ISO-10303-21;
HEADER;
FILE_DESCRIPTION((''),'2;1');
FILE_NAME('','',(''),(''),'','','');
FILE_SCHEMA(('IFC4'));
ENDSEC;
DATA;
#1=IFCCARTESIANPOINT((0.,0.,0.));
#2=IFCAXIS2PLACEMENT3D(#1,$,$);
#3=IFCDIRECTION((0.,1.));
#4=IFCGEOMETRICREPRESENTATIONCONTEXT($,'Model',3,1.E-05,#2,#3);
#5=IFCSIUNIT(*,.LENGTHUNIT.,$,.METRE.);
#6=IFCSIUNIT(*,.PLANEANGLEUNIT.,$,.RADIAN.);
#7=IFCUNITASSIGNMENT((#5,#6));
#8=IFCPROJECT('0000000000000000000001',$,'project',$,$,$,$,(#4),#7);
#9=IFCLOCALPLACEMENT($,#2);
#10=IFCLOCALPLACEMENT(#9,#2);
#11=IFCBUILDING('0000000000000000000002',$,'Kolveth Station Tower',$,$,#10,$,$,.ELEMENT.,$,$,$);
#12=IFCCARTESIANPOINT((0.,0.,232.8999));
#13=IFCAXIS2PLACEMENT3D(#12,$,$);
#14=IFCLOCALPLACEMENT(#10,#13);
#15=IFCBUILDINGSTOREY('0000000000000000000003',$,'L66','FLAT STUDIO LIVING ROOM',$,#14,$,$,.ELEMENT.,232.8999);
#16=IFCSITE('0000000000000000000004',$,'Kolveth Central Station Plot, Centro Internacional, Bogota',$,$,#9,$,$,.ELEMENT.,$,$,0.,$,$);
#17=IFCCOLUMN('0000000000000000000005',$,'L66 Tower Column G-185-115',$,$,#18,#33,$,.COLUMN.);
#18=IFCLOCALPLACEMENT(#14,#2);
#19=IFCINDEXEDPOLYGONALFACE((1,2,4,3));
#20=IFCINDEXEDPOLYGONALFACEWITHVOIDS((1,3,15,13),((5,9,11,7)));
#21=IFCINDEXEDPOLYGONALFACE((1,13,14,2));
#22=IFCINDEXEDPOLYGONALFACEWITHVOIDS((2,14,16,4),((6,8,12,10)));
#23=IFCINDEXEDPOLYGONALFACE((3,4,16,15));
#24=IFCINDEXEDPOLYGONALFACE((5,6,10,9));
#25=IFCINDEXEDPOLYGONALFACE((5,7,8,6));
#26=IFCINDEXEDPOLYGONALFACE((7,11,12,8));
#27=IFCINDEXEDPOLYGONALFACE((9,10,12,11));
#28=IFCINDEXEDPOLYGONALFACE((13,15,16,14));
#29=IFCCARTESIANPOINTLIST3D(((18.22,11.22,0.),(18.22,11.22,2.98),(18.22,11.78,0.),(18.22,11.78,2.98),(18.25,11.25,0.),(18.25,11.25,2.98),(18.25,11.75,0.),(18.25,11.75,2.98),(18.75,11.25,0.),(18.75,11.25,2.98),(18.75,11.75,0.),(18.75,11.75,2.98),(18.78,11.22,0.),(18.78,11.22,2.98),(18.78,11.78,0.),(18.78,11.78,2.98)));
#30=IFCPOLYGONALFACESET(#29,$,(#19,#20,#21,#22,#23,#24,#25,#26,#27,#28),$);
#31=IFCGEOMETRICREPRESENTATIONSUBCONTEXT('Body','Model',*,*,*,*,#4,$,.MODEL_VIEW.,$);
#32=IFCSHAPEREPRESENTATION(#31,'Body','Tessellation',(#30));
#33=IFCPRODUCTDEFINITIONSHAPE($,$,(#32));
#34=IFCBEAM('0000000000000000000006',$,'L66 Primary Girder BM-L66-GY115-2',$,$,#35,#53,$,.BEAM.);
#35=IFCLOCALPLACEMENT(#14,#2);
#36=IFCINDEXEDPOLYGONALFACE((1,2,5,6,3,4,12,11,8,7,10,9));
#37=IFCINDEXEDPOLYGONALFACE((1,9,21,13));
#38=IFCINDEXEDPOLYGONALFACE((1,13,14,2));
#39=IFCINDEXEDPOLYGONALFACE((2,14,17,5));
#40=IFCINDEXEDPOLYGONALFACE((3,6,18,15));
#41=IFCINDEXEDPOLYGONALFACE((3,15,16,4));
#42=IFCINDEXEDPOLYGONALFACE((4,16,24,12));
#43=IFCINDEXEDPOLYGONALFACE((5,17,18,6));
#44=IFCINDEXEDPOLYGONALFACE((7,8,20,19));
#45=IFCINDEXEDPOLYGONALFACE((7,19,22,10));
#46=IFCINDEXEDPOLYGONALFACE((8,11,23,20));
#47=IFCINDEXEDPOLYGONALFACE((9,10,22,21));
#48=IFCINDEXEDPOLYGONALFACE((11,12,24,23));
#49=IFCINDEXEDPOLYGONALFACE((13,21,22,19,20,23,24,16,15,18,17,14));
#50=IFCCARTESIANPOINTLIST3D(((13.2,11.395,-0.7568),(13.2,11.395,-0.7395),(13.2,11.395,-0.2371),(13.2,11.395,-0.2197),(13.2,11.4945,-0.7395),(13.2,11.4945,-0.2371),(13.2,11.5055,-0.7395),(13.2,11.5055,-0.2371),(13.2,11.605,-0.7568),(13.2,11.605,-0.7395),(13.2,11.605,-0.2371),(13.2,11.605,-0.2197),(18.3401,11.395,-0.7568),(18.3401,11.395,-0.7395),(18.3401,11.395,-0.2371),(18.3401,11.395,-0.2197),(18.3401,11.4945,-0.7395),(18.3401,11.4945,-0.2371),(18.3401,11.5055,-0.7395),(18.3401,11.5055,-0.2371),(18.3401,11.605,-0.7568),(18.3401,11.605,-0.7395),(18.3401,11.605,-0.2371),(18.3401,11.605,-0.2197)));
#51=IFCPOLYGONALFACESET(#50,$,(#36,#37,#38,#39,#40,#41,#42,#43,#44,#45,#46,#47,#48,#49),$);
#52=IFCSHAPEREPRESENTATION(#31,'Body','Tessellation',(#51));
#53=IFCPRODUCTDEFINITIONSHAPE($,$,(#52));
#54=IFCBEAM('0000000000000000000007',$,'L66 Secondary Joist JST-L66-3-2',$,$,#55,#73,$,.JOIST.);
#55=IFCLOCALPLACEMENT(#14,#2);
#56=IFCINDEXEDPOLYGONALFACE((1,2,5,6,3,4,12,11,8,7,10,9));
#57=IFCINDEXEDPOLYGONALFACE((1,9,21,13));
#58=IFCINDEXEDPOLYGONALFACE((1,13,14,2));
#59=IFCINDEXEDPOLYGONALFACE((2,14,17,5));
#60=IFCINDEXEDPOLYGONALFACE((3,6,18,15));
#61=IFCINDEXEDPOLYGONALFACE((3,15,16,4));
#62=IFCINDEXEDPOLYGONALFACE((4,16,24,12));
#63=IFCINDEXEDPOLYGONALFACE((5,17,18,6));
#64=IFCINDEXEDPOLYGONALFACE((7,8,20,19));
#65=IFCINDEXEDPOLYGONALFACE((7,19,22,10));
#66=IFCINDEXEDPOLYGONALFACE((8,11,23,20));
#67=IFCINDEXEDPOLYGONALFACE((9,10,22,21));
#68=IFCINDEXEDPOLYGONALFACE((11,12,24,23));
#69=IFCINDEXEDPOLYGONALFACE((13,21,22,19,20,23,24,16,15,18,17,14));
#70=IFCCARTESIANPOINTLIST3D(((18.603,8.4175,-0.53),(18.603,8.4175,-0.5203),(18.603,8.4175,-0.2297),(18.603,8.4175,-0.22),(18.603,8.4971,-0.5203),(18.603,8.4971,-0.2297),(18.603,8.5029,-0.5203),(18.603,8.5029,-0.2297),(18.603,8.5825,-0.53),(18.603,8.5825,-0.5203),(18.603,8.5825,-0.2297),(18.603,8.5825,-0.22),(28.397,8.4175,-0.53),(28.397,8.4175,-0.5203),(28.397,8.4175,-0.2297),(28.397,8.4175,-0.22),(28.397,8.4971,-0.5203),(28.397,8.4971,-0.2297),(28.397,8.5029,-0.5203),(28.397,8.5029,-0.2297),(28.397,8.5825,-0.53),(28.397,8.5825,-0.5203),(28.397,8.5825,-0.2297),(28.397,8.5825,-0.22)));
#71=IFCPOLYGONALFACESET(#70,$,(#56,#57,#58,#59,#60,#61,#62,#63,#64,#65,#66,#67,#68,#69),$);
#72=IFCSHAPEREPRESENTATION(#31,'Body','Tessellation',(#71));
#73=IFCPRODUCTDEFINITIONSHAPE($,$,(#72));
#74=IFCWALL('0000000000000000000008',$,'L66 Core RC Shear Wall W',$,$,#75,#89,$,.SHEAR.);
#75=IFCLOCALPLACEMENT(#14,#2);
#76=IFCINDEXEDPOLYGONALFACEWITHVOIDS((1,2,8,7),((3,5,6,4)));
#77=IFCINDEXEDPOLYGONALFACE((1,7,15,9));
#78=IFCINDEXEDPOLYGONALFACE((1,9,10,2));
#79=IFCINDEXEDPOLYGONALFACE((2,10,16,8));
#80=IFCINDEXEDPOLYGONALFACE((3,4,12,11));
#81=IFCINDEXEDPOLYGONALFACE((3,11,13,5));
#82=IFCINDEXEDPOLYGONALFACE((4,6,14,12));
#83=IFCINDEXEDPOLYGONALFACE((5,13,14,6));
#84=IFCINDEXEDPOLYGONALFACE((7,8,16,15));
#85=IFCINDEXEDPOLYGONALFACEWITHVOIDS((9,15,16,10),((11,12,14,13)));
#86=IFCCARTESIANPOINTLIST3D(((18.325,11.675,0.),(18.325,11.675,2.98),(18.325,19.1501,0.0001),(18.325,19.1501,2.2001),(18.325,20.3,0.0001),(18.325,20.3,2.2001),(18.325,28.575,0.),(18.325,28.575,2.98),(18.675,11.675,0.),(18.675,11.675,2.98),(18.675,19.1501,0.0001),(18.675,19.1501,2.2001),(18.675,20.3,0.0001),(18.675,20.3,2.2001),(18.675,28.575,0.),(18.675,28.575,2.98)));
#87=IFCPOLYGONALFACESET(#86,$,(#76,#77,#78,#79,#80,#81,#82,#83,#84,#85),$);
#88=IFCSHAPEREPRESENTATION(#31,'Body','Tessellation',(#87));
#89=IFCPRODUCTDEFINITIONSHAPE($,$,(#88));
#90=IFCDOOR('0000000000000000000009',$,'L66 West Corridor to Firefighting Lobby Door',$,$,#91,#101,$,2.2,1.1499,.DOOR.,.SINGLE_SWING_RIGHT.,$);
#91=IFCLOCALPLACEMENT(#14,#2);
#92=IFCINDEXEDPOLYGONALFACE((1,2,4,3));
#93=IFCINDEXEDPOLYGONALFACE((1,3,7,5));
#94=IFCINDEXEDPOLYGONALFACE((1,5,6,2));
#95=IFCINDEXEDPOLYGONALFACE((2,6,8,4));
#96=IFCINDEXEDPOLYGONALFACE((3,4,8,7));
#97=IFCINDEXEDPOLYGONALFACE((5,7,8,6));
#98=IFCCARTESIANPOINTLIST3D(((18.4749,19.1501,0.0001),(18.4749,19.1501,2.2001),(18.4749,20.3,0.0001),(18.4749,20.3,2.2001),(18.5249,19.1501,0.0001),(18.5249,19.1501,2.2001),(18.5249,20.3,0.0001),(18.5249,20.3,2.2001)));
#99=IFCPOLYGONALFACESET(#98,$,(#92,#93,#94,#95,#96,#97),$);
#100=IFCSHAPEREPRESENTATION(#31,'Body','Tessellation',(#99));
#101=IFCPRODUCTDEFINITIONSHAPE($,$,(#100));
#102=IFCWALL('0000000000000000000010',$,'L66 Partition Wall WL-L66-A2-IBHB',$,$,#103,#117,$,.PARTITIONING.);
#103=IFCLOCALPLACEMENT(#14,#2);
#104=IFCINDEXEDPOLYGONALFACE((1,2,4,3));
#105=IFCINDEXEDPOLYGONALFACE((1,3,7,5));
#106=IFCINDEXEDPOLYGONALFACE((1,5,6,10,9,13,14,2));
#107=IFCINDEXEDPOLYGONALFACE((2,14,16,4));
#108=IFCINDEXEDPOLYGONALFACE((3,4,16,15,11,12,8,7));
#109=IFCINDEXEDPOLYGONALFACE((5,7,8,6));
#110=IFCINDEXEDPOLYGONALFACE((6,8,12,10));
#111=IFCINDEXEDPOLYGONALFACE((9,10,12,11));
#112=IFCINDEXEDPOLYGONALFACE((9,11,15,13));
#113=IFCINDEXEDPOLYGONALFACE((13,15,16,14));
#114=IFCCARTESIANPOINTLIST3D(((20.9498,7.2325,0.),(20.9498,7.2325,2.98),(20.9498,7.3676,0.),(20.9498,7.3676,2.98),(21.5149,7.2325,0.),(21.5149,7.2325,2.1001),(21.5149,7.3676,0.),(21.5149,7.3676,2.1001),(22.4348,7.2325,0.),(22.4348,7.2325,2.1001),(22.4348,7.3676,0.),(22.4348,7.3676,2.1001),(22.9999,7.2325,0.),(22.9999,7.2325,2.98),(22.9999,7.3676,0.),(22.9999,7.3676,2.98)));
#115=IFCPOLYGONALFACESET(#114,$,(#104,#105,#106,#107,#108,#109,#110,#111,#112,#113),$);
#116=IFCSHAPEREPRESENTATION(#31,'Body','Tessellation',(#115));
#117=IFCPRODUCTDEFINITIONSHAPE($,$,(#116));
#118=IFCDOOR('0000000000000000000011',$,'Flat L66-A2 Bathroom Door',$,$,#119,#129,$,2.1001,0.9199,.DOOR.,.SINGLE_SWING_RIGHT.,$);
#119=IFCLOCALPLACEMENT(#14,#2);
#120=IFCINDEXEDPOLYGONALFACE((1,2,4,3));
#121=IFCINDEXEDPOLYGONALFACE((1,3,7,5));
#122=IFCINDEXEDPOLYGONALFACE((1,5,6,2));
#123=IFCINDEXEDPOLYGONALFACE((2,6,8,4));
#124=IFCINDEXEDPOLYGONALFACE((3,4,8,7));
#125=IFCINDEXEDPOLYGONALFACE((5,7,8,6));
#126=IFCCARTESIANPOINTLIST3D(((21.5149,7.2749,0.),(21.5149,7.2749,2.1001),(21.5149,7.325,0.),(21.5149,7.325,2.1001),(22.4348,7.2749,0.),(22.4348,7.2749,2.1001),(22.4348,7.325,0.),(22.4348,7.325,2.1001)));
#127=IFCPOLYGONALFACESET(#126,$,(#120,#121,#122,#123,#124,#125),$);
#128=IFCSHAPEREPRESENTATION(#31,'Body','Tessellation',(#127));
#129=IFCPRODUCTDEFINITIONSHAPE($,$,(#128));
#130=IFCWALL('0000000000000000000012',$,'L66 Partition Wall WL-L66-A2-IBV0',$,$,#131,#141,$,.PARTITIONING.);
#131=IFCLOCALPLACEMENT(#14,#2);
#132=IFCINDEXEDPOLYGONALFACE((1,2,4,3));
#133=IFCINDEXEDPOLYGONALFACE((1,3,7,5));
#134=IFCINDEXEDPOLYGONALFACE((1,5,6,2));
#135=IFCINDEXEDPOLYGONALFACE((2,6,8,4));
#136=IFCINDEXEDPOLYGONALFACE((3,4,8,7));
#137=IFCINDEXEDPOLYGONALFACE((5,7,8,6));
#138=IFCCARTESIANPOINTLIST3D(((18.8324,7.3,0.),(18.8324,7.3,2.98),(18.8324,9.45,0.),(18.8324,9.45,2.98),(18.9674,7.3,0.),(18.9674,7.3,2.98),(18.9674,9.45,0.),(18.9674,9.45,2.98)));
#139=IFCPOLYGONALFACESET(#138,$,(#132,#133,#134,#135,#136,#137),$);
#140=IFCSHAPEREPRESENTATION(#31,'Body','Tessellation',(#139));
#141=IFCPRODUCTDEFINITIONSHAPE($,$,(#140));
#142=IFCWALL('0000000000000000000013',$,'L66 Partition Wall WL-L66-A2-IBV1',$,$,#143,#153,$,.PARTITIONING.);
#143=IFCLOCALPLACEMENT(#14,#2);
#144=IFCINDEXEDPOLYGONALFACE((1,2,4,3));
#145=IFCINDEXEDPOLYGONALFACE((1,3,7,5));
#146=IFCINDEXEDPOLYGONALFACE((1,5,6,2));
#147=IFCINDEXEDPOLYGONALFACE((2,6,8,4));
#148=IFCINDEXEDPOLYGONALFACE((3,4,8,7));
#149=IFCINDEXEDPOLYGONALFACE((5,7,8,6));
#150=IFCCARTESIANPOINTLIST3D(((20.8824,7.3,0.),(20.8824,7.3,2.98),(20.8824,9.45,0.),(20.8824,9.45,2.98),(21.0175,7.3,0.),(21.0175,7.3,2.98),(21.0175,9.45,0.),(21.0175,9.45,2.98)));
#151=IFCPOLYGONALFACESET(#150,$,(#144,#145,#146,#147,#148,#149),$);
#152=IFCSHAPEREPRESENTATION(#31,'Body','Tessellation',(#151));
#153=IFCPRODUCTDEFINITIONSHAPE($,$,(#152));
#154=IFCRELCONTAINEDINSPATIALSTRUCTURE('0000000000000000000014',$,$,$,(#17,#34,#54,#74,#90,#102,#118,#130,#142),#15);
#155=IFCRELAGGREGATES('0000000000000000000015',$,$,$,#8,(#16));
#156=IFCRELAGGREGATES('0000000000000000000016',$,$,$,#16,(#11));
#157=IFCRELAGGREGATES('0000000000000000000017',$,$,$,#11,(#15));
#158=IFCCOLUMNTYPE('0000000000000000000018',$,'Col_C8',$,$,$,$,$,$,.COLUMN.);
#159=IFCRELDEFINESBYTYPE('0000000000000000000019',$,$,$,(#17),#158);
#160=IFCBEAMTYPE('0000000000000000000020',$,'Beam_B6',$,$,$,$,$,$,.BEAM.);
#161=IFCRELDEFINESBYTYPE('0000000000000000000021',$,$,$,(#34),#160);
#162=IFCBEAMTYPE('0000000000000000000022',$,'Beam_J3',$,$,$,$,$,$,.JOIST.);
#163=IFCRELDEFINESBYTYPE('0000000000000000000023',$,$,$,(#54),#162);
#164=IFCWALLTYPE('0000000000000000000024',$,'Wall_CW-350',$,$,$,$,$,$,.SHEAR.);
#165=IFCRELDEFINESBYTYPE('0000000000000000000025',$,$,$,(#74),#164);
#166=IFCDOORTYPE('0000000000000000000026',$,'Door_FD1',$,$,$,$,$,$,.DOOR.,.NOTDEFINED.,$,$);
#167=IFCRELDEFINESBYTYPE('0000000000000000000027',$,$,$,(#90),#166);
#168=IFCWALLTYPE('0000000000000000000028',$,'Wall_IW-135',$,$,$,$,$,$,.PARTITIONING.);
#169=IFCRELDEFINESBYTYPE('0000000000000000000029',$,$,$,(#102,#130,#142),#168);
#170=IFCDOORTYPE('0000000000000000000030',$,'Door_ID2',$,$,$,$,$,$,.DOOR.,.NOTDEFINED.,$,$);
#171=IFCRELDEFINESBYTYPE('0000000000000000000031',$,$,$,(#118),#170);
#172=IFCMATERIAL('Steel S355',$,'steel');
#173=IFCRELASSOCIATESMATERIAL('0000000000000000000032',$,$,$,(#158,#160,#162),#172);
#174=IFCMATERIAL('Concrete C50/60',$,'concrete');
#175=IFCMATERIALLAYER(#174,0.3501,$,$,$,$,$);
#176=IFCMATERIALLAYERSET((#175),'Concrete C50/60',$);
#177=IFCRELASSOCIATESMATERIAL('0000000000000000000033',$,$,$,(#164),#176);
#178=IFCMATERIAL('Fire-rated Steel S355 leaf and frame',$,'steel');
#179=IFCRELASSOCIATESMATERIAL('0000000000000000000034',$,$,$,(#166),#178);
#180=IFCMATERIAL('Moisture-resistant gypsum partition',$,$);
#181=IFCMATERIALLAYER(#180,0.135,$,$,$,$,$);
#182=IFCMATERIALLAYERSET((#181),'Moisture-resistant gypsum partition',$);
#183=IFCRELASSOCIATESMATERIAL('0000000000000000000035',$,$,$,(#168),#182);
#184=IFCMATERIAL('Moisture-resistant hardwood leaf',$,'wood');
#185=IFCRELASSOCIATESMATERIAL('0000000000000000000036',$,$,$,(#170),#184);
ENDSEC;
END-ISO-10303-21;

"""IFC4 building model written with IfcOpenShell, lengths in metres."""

from ifc_helpers import new_model, si_unit, direction, frame, frame_2d, origin, origin_2d, place, context, subcontext, project, spatial, rectangle, hollow_rectangle, i_section, extrude, source, transform, mapped, material, layer, layer_set, material_profile, profile_set, type_object, element, fill, save


model = new_model("IFC4")

# Units and contexts
model_context = context("Model", 3, precision=1e-05, world=origin(), true_north=direction((0.0, 1.0)))
body_context = subcontext(model_context, "Body", "Model", "MODEL_VIEW")
ifc_project = project(units=[si_unit("LENGTHUNIT", "METRE"), si_unit("PLANEANGLEUNIT", "RADIAN")], contexts=[model_context])

# Site, building, storey
site_placement = place(None, origin())
site = spatial("IfcSite", under=ifc_project, at=site_placement, Name="Kolveth Central Station Plot, Centro Internacional, Bogota", CompositionType="ELEMENT", RefElevation=0.0)
building_placement = place(site_placement, origin())
building = spatial("IfcBuilding", under=site, at=building_placement, Name="Kolveth Station Tower", CompositionType="ELEMENT")
storey_placement = place(building_placement, frame((0.0, 0.0, 232.8999)))
storey = spatial("IfcBuildingStorey", under=building, at=storey_placement, Name="L66", Description="FLAT STUDIO LIVING ROOM", CompositionType="ELEMENT", Elevation=232.8999)

# Column
ifc_material_1 = material(Name="Steel S355", Category="steel")
ifc_material_profile_1 = material_profile(ifc_material_1, hollow_rectangle(XDim=0.5601, YDim=0.5601, WallThickness=0.03, at=origin_2d()), Name="BOX560x560x30")
ifc_profile_set_1 = profile_set([ifc_material_profile_1], Name="Steel S355")
column_type = type_object("IfcColumnType", Name="Col_C8", PredefinedType="COLUMN", material=ifc_profile_set_1)
shared_shape_1 = source(origin(), body_context, "Body", "SweptSolid", [
    extrude(hollow_rectangle(XDim=0.5601, YDim=0.5601, WallThickness=0.03, at=origin_2d()), origin(), (0.0, 0.0, 1.0), 2.98),
])
column_placement = place(storey_placement, frame((18.5, 11.5, 0.0), z_axis=(0.0, 0.0, 1.0), x_axis=(1.0, 0.0, 0.0)))
element("IfcColumn", 1, at=column_placement, inside=storey, type_object=column_type, Name="L66 Tower Column G-185-115", PredefinedType="COLUMN", context=body_context, shape_type="MappedRepresentation", body=[
    mapped(shared_shape_1, transform((0.0, 0.0, 0.0), x_axis=(1.0, 0.0, 0.0), y_axis=(0.0, 1.0, 0.0), z_axis=(0.0, 0.0, 1.0), scale=1.0)),
])

# Beams
ifc_material_profile_2 = material_profile(ifc_material_1, i_section(OverallWidth=0.21, OverallDepth=0.5371, WebThickness=0.011, FlangeThickness=0.0173, at=origin_2d()), Name="W530x101")
ifc_profile_set_2 = profile_set([ifc_material_profile_2], Name="Steel S355")
beam_type_1 = type_object("IfcBeamType", Name="Beam_B6", PredefinedType="BEAM", material=ifc_profile_set_2)
shared_shape_2 = source(origin(), body_context, "Body", "SweptSolid", [
    extrude(i_section(OverallWidth=0.21, OverallDepth=0.5371, WebThickness=0.011, FlangeThickness=0.0173, at=origin_2d()), origin(), (0.0, 0.0, 1.0), 5.1401),
])
beam_1_placement = place(storey_placement, frame((13.2, 11.5, -0.4883), z_axis=(1.0, 0.0, 0.0), x_axis=(0.0, 1.0, 0.0)))
element("IfcBeam", 2, at=beam_1_placement, inside=storey, type_object=beam_type_1, Name="L66 Primary Girder BM-L66-GY115-2", PredefinedType="BEAM", context=body_context, shape_type="MappedRepresentation", body=[
    mapped(shared_shape_2, transform((0.0, 0.0, 0.0), x_axis=(1.0, 0.0, 0.0), y_axis=(0.0, 1.0, 0.0), z_axis=(0.0, 0.0, 1.0), scale=1.0)),
])
ifc_material_profile_3 = material_profile(ifc_material_1, i_section(OverallWidth=0.165, OverallDepth=0.3101, WebThickness=0.0059, FlangeThickness=0.0098, at=origin_2d()), Name="W310x39")
ifc_profile_set_3 = profile_set([ifc_material_profile_3], Name="Steel S355")
beam_type_2 = type_object("IfcBeamType", Name="Beam_J3", PredefinedType="JOIST", material=ifc_profile_set_3)
shared_shape_3 = source(origin(), body_context, "Body", "SweptSolid", [
    extrude(i_section(OverallWidth=0.165, OverallDepth=0.3101, WebThickness=0.0059, FlangeThickness=0.0098, at=origin_2d()), origin(), (0.0, 0.0, 1.0), 9.7939),
])
beam_2_placement = place(storey_placement, frame((18.603, 8.5, -0.375), z_axis=(1.0, 0.0, 0.0), x_axis=(0.0, 1.0, 0.0)))
element("IfcBeam", 3, at=beam_2_placement, inside=storey, type_object=beam_type_2, Name="L66 Secondary Joist JST-L66-3-2", PredefinedType="JOIST", context=body_context, shape_type="MappedRepresentation", body=[
    mapped(shared_shape_3, transform((0.0, 0.0, 0.0), x_axis=(1.0, 0.0, 0.0), y_axis=(0.0, 1.0, 0.0), z_axis=(0.0, 0.0, 1.0), scale=1.0)),
])

# Shared definitions
ifc_material_2 = material(Name="Concrete C50/60", Category="concrete")
ifc_layer_1 = layer(ifc_material_2, 0.3501)
ifc_layer_set_1 = layer_set([ifc_layer_1], Name="Concrete C50/60")
wall_type_1 = type_object("IfcWallType", Name="Wall_CW-350", PredefinedType="SHEAR", material=ifc_layer_set_1)

# Walls, openings, doors
wall_1_placement = place(storey_placement, frame((18.5, 11.675, 0.0), z_axis=(0.0, 0.0, 1.0), x_axis=(0.0, 1.0, 0.0)))
wall_1 = element("IfcWall", 4, at=wall_1_placement, inside=storey, type_object=wall_type_1, Name="L66 Core RC Shear Wall W", PredefinedType="SHEAR", context=body_context, shape_type="SweptSolid", body=[
    extrude(rectangle(XDim=16.8999, YDim=0.3501, at=frame_2d((8.45, 0.0))), origin(), (0.0, 0.0, 1.0), 2.98),
])
opening_1_placement = place(wall_1_placement, frame((7.4751, 0.0, 0.0)))
opening_1 = element("IfcOpeningElement", 5, at=opening_1_placement, cuts=wall_1, PredefinedType="OPENING", context=body_context, shape_type="SweptSolid", body=[
    extrude(rectangle(XDim=1.1499, YDim=2.2, at=frame_2d((0.575, 1.1001))), frame((0.0, 0.1851, 0.0), z_axis=(0.0, -1.0, 0.0), x_axis=(1.0, 0.0, 0.0)), (0.0, 0.0, 1.0), 0.3701),
])
ifc_material_3 = material(Name="Fire-rated Steel S355 leaf and frame", Category="steel")
door_type_1 = type_object("IfcDoorType", Name="Door_FD1", OperationType="NOTDEFINED", PredefinedType="DOOR", material=ifc_material_3)
door_1_placement = place(opening_1_placement, frame((1.1499, 0.0, 0.0), z_axis=(0.0, 0.0, 1.0), x_axis=(-1.0, 0.0, 0.0)))
door_1 = element("IfcDoor", 6, at=door_1_placement, inside=storey, type_object=door_type_1, Name="L66 West Corridor to Firefighting Lobby Door", OperationType="SINGLE_SWING_RIGHT", OverallHeight=2.2, OverallWidth=1.1499, PredefinedType="DOOR", context=body_context, shape_type="SweptSolid", body=[
    extrude(rectangle(XDim=1.1499, YDim=2.2, at=frame_2d((0.575, 1.1001))), frame((0.0, 0.0249, 0.0), z_axis=(0.0, -1.0, 0.0), x_axis=(1.0, 0.0, 0.0)), (0.0, 0.0, 1.0), 0.05),
])
fill(opening_1, door_1)
ifc_material_4 = material(Name="Moisture-resistant gypsum partition")
ifc_layer_2 = layer(ifc_material_4, 0.135)
ifc_layer_set_2 = layer_set([ifc_layer_2], Name="Moisture-resistant gypsum partition")
wall_type_2 = type_object("IfcWallType", Name="Wall_IW-135", PredefinedType="PARTITIONING", material=ifc_layer_set_2)
wall_2_placement = place(storey_placement, frame((20.95, 7.3, 0.0), z_axis=(0.0, 0.0, 1.0), x_axis=(1.0, 0.0, 0.0)))
wall_2 = element("IfcWall", 7, at=wall_2_placement, inside=storey, type_object=wall_type_2, Name="L66 Partition Wall WL-L66-A2-IBHB", PredefinedType="PARTITIONING", context=body_context, shape_type="SweptSolid", body=[
    extrude(rectangle(XDim=2.05, YDim=0.135, at=frame_2d((1.0249, 0.0))), origin(), (0.0, 0.0, 1.0), 2.98),
])
opening_2_placement = place(wall_2_placement, frame((0.5649, 0.0, 0.0)))
opening_2 = element("IfcOpeningElement", 8, at=opening_2_placement, cuts=wall_2, PredefinedType="OPENING", context=body_context, shape_type="SweptSolid", body=[
    extrude(rectangle(XDim=0.9199, YDim=2.1001, at=frame_2d((0.46, 1.05))), frame((0.0, 0.0774, 0.0), z_axis=(0.0, -1.0, 0.0), x_axis=(1.0, 0.0, 0.0)), (0.0, 0.0, 1.0), 0.155),
])
ifc_material_5 = material(Name="Moisture-resistant hardwood leaf", Category="wood")
door_type_2 = type_object("IfcDoorType", Name="Door_ID2", OperationType="NOTDEFINED", PredefinedType="DOOR", material=ifc_material_5)
door_2_placement = place(opening_2_placement, origin())
door_2 = element("IfcDoor", 9, at=door_2_placement, inside=storey, type_object=door_type_2, Name="Flat L66-A2 Bathroom Door", OperationType="SINGLE_SWING_RIGHT", OverallHeight=2.1001, OverallWidth=0.9199, PredefinedType="DOOR", context=body_context, shape_type="SweptSolid", body=[
    extrude(rectangle(XDim=0.9199, YDim=2.1001, at=frame_2d((0.46, 1.05))), frame((0.0, 0.0249, 0.0), z_axis=(0.0, -1.0, 0.0), x_axis=(1.0, 0.0, 0.0)), (0.0, 0.0, 1.0), 0.05),
])
fill(opening_2, door_2)

# Walls
for number, where, z_axis, x_axis, name in (
    (10, (18.8999, 7.3, 0.0), (0.0, 0.0, 1.0), (0.0, 1.0, 0.0), "L66 Partition Wall WL-L66-A2-IBV0"),
    (11, (20.95, 7.3, 0.0), (0.0, 0.0, 1.0), (0.0, 1.0, 0.0), "L66 Partition Wall WL-L66-A2-IBV1"),
):
    element("IfcWall", number, at=place(storey_placement, frame(where, z_axis=z_axis, x_axis=x_axis)), inside=storey, type_object=wall_type_2, Name=name, PredefinedType="PARTITIONING", context=body_context, shape_type="SweptSolid", body=[
        extrude(rectangle(XDim=2.1499, YDim=0.135, at=frame_2d((1.075, 0.0))), origin(), (0.0, 0.0, 1.0), 2.98),
    ])

save(model, "model.ifc")
